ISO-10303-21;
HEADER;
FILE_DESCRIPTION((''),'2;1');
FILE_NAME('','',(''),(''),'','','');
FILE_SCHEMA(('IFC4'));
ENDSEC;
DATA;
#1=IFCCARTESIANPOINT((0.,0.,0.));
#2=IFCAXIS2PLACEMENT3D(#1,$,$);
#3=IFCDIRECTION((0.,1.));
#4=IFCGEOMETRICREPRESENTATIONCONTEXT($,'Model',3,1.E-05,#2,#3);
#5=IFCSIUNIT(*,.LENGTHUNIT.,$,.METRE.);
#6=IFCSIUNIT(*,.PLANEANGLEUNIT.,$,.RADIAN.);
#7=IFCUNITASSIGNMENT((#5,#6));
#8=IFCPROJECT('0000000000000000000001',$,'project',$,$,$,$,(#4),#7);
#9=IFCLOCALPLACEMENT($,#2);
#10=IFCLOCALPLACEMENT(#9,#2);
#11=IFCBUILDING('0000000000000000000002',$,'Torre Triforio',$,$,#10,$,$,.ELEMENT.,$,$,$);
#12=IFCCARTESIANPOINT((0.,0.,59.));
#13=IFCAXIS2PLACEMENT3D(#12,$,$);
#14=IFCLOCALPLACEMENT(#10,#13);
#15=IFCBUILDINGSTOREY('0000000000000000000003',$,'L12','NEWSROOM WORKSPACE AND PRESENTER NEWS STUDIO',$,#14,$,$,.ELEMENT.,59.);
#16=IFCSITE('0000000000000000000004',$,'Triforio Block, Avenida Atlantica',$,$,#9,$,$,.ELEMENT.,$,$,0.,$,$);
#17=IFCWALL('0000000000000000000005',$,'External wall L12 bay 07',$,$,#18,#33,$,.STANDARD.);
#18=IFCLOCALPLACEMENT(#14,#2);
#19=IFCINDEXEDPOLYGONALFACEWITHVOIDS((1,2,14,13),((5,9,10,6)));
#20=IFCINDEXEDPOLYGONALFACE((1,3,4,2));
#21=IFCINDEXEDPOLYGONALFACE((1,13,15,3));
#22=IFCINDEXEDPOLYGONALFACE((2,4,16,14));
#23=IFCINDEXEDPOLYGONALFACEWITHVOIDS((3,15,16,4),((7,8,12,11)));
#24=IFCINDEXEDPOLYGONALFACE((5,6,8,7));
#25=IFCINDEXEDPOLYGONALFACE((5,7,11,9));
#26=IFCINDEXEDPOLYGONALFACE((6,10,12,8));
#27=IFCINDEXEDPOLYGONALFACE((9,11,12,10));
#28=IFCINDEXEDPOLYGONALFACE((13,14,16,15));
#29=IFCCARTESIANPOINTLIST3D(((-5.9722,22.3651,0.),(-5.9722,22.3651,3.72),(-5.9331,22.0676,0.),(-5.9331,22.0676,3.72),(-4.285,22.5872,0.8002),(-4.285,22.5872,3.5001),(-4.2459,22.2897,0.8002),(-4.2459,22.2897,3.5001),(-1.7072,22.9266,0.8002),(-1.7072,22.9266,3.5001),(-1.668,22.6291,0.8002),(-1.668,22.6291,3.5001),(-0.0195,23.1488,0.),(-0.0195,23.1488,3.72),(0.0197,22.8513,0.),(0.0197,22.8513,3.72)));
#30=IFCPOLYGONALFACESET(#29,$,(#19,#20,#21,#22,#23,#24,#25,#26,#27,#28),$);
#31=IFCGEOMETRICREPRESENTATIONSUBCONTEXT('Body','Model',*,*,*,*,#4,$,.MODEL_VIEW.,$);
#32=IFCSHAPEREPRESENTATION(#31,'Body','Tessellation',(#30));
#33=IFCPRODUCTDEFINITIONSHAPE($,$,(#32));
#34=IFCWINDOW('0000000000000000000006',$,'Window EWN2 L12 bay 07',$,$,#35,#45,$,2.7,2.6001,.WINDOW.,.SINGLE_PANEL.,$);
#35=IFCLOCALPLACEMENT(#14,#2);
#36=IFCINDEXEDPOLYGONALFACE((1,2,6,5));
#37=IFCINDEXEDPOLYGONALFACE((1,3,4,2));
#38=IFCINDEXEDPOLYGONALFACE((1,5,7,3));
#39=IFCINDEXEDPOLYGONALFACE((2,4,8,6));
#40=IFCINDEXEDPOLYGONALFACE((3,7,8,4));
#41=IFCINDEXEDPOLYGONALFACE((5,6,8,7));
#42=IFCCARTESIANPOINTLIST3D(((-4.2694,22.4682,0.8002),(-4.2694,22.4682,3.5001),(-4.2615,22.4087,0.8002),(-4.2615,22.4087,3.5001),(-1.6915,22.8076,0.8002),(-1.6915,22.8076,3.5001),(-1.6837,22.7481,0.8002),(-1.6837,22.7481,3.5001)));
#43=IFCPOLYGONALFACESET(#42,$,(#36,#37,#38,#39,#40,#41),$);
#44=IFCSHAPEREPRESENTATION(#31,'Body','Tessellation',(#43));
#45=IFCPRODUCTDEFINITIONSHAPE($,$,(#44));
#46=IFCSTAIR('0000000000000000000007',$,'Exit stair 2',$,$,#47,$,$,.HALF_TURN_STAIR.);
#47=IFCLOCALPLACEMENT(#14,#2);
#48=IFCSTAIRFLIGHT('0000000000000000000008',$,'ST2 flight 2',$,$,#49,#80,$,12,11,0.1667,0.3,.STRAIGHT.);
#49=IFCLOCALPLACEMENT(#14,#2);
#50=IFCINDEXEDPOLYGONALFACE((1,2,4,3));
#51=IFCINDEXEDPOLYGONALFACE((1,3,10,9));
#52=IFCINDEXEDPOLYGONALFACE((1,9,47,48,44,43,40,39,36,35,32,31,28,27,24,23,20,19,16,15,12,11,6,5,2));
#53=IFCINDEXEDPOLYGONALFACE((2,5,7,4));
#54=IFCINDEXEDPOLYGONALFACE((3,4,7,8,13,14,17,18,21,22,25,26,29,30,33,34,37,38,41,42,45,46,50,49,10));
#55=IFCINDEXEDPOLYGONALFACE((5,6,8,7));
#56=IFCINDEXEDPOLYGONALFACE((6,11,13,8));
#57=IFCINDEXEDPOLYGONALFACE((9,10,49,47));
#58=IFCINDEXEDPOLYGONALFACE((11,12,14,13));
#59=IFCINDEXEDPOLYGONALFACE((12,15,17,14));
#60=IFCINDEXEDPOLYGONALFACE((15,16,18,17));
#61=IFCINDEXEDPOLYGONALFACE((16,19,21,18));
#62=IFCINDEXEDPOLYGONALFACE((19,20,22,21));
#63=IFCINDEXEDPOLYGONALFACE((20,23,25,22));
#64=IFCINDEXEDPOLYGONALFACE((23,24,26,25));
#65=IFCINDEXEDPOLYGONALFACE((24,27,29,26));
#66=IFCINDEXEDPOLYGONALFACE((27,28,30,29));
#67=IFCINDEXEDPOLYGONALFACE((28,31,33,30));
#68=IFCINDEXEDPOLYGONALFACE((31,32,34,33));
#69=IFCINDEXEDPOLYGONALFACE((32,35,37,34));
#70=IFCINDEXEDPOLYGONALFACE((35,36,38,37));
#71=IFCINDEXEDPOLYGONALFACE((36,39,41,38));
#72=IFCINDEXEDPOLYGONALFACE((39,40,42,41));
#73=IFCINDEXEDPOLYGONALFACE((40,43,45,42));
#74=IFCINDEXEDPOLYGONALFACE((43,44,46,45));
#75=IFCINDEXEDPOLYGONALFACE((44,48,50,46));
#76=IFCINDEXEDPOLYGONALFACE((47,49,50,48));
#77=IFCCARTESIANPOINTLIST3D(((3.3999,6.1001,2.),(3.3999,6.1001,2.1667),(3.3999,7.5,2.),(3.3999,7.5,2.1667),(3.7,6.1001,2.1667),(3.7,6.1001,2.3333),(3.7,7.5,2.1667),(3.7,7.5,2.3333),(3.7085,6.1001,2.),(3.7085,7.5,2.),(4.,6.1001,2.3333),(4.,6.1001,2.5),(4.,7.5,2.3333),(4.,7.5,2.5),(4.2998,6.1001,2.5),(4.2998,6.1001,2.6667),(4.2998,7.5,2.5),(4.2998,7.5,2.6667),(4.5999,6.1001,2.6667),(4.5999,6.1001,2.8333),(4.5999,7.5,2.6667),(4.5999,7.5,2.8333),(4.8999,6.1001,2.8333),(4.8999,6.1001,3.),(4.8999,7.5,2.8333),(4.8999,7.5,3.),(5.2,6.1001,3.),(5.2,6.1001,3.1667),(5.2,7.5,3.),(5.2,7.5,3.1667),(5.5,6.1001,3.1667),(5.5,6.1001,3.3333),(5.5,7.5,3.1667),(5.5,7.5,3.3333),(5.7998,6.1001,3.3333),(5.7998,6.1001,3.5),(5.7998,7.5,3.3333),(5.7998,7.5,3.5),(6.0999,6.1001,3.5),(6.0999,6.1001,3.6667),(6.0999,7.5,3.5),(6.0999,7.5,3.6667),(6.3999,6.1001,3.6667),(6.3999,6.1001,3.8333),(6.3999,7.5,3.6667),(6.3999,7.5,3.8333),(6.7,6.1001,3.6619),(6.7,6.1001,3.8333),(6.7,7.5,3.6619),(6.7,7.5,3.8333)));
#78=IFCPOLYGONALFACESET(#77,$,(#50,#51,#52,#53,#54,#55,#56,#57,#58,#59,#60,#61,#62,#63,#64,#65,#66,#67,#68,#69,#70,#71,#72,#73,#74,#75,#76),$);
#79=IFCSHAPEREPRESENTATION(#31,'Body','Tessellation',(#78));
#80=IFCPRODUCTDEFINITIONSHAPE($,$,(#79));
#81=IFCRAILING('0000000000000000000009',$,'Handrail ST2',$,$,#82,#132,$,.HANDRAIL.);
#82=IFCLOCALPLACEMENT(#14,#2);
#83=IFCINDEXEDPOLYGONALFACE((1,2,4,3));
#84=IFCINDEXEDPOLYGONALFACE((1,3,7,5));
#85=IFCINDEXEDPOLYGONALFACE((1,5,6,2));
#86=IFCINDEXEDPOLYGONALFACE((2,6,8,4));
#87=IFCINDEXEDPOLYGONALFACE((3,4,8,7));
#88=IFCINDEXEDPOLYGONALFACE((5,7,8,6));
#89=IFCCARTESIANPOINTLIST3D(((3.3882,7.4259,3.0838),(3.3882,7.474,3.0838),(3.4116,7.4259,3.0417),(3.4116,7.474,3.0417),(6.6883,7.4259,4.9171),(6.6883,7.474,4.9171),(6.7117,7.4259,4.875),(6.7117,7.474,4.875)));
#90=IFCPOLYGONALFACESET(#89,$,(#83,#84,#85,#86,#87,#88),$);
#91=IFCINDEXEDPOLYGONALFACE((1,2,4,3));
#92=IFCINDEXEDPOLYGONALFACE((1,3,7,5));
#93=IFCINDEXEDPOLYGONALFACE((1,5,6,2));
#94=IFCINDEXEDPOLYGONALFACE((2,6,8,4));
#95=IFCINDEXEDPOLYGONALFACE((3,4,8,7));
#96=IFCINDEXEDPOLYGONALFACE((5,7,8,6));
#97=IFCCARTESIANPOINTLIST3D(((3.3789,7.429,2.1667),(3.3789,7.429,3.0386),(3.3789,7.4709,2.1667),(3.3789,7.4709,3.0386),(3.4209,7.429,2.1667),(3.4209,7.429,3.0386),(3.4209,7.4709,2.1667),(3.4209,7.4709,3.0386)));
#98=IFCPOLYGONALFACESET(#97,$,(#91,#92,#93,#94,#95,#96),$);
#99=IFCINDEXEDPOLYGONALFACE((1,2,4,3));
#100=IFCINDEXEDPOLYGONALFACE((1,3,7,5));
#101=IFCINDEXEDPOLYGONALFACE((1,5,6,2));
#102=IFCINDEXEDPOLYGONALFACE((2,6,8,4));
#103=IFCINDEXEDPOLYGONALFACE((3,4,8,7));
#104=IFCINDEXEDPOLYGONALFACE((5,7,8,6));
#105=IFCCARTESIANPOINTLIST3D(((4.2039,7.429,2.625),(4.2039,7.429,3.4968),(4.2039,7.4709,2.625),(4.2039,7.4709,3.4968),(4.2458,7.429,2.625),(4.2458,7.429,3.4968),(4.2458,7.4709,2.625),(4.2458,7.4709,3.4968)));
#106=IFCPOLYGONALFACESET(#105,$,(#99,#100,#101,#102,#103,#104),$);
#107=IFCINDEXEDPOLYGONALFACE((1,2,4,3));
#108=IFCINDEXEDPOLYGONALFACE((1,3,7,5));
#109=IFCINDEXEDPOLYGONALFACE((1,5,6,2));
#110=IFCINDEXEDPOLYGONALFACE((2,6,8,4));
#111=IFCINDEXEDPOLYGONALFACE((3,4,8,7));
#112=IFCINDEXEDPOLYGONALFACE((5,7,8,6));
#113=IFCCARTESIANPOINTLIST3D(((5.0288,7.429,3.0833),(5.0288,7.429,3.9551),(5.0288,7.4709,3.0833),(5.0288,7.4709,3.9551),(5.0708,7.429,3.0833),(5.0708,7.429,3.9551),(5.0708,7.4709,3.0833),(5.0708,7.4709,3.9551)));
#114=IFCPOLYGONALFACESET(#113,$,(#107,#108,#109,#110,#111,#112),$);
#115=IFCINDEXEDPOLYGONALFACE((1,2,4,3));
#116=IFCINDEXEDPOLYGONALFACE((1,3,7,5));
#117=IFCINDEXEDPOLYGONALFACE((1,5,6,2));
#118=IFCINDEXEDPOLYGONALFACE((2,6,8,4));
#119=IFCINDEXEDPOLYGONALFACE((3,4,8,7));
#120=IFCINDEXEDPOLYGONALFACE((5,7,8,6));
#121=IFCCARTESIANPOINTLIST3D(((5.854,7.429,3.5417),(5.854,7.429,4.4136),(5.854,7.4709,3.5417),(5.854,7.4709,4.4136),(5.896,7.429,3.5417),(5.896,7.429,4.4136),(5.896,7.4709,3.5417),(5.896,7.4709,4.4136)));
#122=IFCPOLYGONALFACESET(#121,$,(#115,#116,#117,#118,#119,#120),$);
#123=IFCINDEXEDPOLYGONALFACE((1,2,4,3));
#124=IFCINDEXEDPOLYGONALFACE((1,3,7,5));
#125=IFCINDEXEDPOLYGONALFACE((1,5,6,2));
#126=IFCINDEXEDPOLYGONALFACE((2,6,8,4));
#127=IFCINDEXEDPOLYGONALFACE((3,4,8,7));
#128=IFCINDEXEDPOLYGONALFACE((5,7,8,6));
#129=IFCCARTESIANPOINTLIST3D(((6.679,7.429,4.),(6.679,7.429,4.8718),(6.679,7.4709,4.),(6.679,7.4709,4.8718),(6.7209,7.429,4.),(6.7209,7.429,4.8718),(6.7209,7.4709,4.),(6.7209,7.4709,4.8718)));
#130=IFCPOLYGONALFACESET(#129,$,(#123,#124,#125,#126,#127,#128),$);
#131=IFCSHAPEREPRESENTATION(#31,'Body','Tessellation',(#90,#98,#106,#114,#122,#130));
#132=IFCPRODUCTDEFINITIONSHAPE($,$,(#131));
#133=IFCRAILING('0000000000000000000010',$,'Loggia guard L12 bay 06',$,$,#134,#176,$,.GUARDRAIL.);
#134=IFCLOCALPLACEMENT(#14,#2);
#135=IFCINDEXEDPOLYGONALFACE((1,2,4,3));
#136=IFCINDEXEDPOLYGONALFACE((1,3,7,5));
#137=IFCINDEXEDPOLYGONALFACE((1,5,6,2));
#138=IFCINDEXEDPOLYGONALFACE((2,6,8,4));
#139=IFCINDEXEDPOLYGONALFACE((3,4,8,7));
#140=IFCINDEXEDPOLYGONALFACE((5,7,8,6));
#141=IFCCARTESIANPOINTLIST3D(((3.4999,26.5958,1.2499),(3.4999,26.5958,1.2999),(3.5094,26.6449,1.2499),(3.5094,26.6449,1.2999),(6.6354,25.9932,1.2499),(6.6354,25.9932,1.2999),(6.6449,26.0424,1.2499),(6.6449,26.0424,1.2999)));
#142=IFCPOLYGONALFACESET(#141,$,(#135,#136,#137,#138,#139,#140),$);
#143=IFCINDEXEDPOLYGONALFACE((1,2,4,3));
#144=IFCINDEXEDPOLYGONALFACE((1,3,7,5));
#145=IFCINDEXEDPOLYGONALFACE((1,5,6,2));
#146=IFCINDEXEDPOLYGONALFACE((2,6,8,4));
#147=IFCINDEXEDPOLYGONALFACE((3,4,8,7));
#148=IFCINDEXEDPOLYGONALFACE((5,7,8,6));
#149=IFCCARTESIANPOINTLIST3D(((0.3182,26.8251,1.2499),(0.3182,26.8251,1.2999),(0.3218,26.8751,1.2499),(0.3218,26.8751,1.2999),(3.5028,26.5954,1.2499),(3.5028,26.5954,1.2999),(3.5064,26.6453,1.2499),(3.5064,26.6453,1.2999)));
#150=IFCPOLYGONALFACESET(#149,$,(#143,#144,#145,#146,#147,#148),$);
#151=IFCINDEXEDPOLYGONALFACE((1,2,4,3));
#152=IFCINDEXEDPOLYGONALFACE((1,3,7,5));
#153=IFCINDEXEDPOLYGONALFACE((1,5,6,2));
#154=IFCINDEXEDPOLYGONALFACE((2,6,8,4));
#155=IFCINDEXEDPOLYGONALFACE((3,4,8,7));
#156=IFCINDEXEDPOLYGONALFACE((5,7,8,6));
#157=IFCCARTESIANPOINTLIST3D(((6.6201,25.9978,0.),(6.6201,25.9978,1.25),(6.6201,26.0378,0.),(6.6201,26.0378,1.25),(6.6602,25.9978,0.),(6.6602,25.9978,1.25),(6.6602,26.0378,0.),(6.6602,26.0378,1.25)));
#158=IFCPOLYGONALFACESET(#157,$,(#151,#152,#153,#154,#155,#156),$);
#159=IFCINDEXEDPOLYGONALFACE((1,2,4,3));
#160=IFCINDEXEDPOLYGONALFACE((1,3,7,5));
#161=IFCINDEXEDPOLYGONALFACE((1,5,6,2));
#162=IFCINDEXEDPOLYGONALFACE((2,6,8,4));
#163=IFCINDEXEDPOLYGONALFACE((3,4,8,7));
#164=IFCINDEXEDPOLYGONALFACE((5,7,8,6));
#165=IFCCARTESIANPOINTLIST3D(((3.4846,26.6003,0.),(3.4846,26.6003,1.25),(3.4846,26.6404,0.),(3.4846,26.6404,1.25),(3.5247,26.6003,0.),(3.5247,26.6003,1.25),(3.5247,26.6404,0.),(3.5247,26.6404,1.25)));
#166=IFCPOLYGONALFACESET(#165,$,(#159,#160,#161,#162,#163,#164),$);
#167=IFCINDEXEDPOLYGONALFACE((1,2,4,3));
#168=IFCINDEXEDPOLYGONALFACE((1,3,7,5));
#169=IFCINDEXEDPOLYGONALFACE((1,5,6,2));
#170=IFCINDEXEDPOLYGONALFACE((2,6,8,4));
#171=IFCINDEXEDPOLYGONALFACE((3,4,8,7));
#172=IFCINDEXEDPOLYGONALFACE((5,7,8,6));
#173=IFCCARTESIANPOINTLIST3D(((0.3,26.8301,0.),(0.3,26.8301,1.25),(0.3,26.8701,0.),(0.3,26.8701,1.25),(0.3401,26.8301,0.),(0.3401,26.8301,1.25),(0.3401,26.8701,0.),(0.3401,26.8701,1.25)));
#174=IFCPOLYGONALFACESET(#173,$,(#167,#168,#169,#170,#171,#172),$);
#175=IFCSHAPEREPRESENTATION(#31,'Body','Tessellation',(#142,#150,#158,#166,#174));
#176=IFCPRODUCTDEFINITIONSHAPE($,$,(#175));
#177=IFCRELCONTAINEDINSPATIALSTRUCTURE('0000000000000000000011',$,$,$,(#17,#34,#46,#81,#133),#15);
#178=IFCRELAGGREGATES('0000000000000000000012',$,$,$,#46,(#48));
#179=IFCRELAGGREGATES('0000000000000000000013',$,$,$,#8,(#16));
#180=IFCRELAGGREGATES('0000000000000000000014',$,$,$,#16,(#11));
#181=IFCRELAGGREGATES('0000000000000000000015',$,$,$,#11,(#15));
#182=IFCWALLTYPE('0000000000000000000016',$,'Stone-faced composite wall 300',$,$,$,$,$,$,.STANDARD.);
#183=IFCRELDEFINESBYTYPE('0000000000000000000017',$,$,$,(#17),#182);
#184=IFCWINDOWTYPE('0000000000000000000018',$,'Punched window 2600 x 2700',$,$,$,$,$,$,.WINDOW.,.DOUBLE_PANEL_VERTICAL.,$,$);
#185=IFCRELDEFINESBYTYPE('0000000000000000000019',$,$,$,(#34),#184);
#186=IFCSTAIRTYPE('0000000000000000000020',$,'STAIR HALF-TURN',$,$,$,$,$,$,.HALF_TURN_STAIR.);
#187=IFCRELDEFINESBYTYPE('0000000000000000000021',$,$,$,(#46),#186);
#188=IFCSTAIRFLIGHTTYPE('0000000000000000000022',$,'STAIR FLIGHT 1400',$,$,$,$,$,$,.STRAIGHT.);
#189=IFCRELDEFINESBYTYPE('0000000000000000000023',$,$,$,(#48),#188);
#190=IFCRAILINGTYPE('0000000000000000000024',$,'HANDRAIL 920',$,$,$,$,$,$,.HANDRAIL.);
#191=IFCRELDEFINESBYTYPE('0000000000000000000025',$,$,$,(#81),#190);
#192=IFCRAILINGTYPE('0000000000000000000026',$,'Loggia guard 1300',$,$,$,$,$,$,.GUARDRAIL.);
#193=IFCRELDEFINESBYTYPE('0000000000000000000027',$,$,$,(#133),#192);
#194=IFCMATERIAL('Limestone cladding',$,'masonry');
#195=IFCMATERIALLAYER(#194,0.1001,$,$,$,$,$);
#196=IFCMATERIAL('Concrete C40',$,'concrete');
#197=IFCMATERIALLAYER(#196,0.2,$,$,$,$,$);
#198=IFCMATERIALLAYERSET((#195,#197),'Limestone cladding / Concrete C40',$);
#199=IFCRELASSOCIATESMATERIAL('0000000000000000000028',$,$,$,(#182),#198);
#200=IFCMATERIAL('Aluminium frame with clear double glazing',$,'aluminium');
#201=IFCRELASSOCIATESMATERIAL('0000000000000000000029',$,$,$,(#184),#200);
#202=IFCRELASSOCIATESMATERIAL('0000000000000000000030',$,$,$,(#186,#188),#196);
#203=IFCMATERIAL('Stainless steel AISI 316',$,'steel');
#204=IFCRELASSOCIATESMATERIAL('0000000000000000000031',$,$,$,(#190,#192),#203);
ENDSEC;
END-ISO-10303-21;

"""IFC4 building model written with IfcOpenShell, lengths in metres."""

from ifc_helpers import new_model, si_unit, direction, frame, frame_2d, origin, origin_2d, place, context, subcontext, project, spatial, polyline, rectangle, outline, extrude, material, layer, layer_set, type_object, element, fill, aggregate, save


model = new_model("IFC4")

# Units and contexts
model_context = context("Model", 3, precision=1e-05, world=origin(), true_north=direction((0.0, 1.0)))
body_context = subcontext(model_context, "Body", "Model", "MODEL_VIEW")
ifc_project = project(units=[si_unit("LENGTHUNIT", "METRE"), si_unit("PLANEANGLEUNIT", "RADIAN")], contexts=[model_context])

# Site, building, storey
site_placement = place(None, origin())
site = spatial("IfcSite", under=ifc_project, at=site_placement, Name="Triforio Block, Avenida Atlantica", CompositionType="ELEMENT", RefElevation=0.0)
building_placement = place(site_placement, origin())
building = spatial("IfcBuilding", under=site, at=building_placement, Name="Torre Triforio", CompositionType="ELEMENT")
storey_placement = place(building_placement, frame((0.0, 0.0, 59.0)))
storey = spatial("IfcBuildingStorey", under=building, at=storey_placement, Name="L12", Description="NEWSROOM WORKSPACE AND PRESENTER NEWS STUDIO", CompositionType="ELEMENT", Elevation=59.0)

# Shared definitions
ifc_material_1 = material(Name="Limestone cladding", Category="masonry")
ifc_layer_1 = layer(ifc_material_1, 0.1001)
ifc_material_2 = material(Name="Concrete C40", Category="concrete")
ifc_layer_2 = layer(ifc_material_2, 0.2)
ifc_layer_set_1 = layer_set([ifc_layer_1, ifc_layer_2], Name="Limestone cladding / Concrete C40")
wall_type_1 = type_object("IfcWallType", Name="Stone-faced composite wall 300", PredefinedType="STANDARD", material=ifc_layer_set_1)
ifc_material_3 = material(Name="Aluminium frame with clear double glazing", Category="aluminium")

# Wall, opening, window
wall_1_placement = place(storey_placement, frame((0.0, 23.0, 0.0), z_axis=(0.0, 0.0, 1.0), x_axis=(-0.991445, -0.130523, 0.0)))
wall_1 = element("IfcWall", 1, at=wall_1_placement, inside=storey, type_object=wall_type_1, Name="External wall L12 bay 07", PredefinedType="STANDARD", context=body_context, shape_type="SweptSolid", body=[
    extrude(rectangle(XDim=6.0042, YDim=0.3, at=frame_2d((3.002, 0.0))), origin(), (0.0, 0.0, 1.0), 3.72),
])
opening_1_placement = place(wall_1_placement, frame((1.7021, 0.0, 0.8)))
opening_1 = element("IfcOpeningElement", 2, at=opening_1_placement, cuts=wall_1, PredefinedType="OPENING", context=body_context, shape_type="SweptSolid", body=[
    extrude(rectangle(XDim=2.6001, YDim=2.7, at=frame_2d((1.3, 1.3501))), frame((0.0, 0.1599, 0.0), z_axis=(0.0, -1.0, 0.0), x_axis=(1.0, 0.0, 0.0)), (0.0, 0.0, 1.0), 0.3201),
])
window_type_1 = type_object("IfcWindowType", Name="Punched window 2600 x 2700", PartitioningType="DOUBLE_PANEL_VERTICAL", PredefinedType="WINDOW", material=ifc_material_3)
window_1_placement = place(opening_1_placement, origin())
window_1 = element("IfcWindow", 3, at=window_1_placement, inside=storey, type_object=window_type_1, Name="Window EWN2 L12 bay 07", OverallHeight=2.7, OverallWidth=2.6001, PartitioningType="SINGLE_PANEL", PredefinedType="WINDOW", context=body_context, shape_type="SweptSolid", body=[
    extrude(rectangle(XDim=2.6001, YDim=2.7, at=frame_2d((1.3, 1.3501))), frame((0.0, 0.03, 0.0), z_axis=(0.0, -1.0, 0.0), x_axis=(1.0, 0.0, 0.0)), (0.0, 0.0, 1.0), 0.0601),
])
fill(opening_1, window_1)

# Stair, stair flight
stair_type = type_object("IfcStairType", Name="STAIR HALF-TURN", PredefinedType="HALF_TURN_STAIR", material=ifc_material_2)
stair_placement = place(storey_placement, origin())
stair = element("IfcStair", 4, at=stair_placement, inside=storey, type_object=stair_type, Name="Exit stair 2", PredefinedType="HALF_TURN_STAIR")
stair_flight_type = type_object("IfcStairFlightType", Name="STAIR FLIGHT 1400", PredefinedType="STRAIGHT", material=ifc_material_2)
stair_flight_placement = place(storey_placement, frame((3.3999, 6.8, 2.0), z_axis=(0.0, 0.0, 1.0), x_axis=(1.0, 0.0, 0.0)))
stair_flight = element("IfcStairFlight", 5, at=stair_flight_placement, type_object=stair_flight_type, Name="ST2 flight 2", NumberOfRisers=12, NumberOfTreads=11, PredefinedType="STRAIGHT", RiserHeight=0.1667, TreadLength=0.3, context=body_context, shape_type="SweptSolid", body=[
    extrude(outline(polyline([(0.0, 0.0), (0.0, 0.1667), (0.3, 0.1667), (0.3, 0.3333), (0.6001, 0.3333), (0.6001, 0.5), (0.8999, 0.5), (0.8999, 0.6667), (1.2, 0.6667), (1.2, 0.8333), (1.5, 0.8333), (1.5, 1.0), (1.8, 1.0), (1.8, 1.1667), (2.1001, 1.1667), (2.1001, 1.3333), (2.3999, 1.3333), (2.3999, 1.5), (2.7, 1.5), (2.7, 1.6667), (3.0, 1.6667), (3.0, 1.8333), (3.3, 1.8333), (3.3, 2.0), (3.3, 1.6619), (0.3086, 0.0), (0.0, 0.0)])), frame((0.0, 0.7, 0.0), z_axis=(0.0, -1.0, 0.0), x_axis=(1.0, 0.0, 0.0)), (0.0, 0.0, 1.0), 1.3999),
])
aggregate(stair, [stair_flight])

# Railings
ifc_material_4 = material(Name="Stainless steel AISI 316", Category="steel")
railing_type_1 = type_object("IfcRailingType", Name="HANDRAIL 920", PredefinedType="HANDRAIL", material=ifc_material_4)
railing_1_placement = place(storey_placement, frame((3.3999, 7.45, 2.1667)))
element("IfcRailing", 6, at=railing_1_placement, inside=storey, type_object=railing_type_1, Name="Handrail ST2", PredefinedType="HANDRAIL", context=body_context, shape_type="SweptSolid", body=[
    extrude(rectangle(XDim=0.0481, YDim=0.0481, at=origin_2d()), frame((0.0, 0.0, 0.896), z_axis=(0.874169, 0.0, 0.485621), x_axis=(0.0, 1.0, 0.0)), (0.0, 0.0, 1.0), 3.7751),
    extrude(rectangle(XDim=0.042, YDim=0.042, at=origin_2d()), origin(), (0.0, 0.0, 1.0), 0.8718),
    extrude(rectangle(XDim=0.042, YDim=0.042, at=origin_2d()), frame((0.825, 0.0, 0.4583)), (0.0, 0.0, 1.0), 0.8718),
    extrude(rectangle(XDim=0.042, YDim=0.042, at=origin_2d()), frame((1.6499, 0.0, 0.9165)), (0.0, 0.0, 1.0), 0.8718),
    extrude(rectangle(XDim=0.042, YDim=0.042, at=origin_2d()), frame((2.4751, 0.0, 1.375)), (0.0, 0.0, 1.0), 0.8718),
    extrude(rectangle(XDim=0.042, YDim=0.042, at=origin_2d()), frame((3.3, 0.0, 1.8333)), (0.0, 0.0, 1.0), 0.8718),
])
railing_type_2 = type_object("IfcRailingType", Name="Loggia guard 1300", PredefinedType="GUARDRAIL", material=ifc_material_4)
railing_2_placement = place(storey_placement, frame((6.6401, 26.0178, 0.0)))
element("IfcRailing", 7, at=railing_2_placement, inside=storey, type_object=railing_type_2, Name="Loggia guard L12 bay 06", PredefinedType="GUARDRAIL", context=body_context, shape_type="SweptSolid", body=[
    extrude(rectangle(XDim=0.05, YDim=0.05, at=origin_2d()), frame((0.0, 0.0, 1.2749), z_axis=(-0.982032, 0.188714, 0.0), x_axis=(-0.188714, -0.982032, 0.0)), (0.0, 0.0, 1.0), 3.1929),
    extrude(rectangle(XDim=0.05, YDim=0.05, at=origin_2d()), frame((-3.1355, 0.6025, 1.2749), z_axis=(-0.997408, 0.071953, 0.0), x_axis=(-0.071953, -0.997408, 0.0)), (0.0, 0.0, 1.0), 3.1929),
    extrude(rectangle(XDim=0.04, YDim=0.04, at=origin_2d()), origin(), (0.0, 0.0, 1.0), 1.25),
    extrude(rectangle(XDim=0.04, YDim=0.04, at=origin_2d()), frame((-3.1355, 0.6025, 0.0)), (0.0, 0.0, 1.0), 1.25),
    extrude(rectangle(XDim=0.04, YDim=0.04, at=origin_2d()), frame((-6.3201, 0.8323, 0.0)), (0.0, 0.0, 1.0), 1.25),
])

save(model, "model.ifc")
